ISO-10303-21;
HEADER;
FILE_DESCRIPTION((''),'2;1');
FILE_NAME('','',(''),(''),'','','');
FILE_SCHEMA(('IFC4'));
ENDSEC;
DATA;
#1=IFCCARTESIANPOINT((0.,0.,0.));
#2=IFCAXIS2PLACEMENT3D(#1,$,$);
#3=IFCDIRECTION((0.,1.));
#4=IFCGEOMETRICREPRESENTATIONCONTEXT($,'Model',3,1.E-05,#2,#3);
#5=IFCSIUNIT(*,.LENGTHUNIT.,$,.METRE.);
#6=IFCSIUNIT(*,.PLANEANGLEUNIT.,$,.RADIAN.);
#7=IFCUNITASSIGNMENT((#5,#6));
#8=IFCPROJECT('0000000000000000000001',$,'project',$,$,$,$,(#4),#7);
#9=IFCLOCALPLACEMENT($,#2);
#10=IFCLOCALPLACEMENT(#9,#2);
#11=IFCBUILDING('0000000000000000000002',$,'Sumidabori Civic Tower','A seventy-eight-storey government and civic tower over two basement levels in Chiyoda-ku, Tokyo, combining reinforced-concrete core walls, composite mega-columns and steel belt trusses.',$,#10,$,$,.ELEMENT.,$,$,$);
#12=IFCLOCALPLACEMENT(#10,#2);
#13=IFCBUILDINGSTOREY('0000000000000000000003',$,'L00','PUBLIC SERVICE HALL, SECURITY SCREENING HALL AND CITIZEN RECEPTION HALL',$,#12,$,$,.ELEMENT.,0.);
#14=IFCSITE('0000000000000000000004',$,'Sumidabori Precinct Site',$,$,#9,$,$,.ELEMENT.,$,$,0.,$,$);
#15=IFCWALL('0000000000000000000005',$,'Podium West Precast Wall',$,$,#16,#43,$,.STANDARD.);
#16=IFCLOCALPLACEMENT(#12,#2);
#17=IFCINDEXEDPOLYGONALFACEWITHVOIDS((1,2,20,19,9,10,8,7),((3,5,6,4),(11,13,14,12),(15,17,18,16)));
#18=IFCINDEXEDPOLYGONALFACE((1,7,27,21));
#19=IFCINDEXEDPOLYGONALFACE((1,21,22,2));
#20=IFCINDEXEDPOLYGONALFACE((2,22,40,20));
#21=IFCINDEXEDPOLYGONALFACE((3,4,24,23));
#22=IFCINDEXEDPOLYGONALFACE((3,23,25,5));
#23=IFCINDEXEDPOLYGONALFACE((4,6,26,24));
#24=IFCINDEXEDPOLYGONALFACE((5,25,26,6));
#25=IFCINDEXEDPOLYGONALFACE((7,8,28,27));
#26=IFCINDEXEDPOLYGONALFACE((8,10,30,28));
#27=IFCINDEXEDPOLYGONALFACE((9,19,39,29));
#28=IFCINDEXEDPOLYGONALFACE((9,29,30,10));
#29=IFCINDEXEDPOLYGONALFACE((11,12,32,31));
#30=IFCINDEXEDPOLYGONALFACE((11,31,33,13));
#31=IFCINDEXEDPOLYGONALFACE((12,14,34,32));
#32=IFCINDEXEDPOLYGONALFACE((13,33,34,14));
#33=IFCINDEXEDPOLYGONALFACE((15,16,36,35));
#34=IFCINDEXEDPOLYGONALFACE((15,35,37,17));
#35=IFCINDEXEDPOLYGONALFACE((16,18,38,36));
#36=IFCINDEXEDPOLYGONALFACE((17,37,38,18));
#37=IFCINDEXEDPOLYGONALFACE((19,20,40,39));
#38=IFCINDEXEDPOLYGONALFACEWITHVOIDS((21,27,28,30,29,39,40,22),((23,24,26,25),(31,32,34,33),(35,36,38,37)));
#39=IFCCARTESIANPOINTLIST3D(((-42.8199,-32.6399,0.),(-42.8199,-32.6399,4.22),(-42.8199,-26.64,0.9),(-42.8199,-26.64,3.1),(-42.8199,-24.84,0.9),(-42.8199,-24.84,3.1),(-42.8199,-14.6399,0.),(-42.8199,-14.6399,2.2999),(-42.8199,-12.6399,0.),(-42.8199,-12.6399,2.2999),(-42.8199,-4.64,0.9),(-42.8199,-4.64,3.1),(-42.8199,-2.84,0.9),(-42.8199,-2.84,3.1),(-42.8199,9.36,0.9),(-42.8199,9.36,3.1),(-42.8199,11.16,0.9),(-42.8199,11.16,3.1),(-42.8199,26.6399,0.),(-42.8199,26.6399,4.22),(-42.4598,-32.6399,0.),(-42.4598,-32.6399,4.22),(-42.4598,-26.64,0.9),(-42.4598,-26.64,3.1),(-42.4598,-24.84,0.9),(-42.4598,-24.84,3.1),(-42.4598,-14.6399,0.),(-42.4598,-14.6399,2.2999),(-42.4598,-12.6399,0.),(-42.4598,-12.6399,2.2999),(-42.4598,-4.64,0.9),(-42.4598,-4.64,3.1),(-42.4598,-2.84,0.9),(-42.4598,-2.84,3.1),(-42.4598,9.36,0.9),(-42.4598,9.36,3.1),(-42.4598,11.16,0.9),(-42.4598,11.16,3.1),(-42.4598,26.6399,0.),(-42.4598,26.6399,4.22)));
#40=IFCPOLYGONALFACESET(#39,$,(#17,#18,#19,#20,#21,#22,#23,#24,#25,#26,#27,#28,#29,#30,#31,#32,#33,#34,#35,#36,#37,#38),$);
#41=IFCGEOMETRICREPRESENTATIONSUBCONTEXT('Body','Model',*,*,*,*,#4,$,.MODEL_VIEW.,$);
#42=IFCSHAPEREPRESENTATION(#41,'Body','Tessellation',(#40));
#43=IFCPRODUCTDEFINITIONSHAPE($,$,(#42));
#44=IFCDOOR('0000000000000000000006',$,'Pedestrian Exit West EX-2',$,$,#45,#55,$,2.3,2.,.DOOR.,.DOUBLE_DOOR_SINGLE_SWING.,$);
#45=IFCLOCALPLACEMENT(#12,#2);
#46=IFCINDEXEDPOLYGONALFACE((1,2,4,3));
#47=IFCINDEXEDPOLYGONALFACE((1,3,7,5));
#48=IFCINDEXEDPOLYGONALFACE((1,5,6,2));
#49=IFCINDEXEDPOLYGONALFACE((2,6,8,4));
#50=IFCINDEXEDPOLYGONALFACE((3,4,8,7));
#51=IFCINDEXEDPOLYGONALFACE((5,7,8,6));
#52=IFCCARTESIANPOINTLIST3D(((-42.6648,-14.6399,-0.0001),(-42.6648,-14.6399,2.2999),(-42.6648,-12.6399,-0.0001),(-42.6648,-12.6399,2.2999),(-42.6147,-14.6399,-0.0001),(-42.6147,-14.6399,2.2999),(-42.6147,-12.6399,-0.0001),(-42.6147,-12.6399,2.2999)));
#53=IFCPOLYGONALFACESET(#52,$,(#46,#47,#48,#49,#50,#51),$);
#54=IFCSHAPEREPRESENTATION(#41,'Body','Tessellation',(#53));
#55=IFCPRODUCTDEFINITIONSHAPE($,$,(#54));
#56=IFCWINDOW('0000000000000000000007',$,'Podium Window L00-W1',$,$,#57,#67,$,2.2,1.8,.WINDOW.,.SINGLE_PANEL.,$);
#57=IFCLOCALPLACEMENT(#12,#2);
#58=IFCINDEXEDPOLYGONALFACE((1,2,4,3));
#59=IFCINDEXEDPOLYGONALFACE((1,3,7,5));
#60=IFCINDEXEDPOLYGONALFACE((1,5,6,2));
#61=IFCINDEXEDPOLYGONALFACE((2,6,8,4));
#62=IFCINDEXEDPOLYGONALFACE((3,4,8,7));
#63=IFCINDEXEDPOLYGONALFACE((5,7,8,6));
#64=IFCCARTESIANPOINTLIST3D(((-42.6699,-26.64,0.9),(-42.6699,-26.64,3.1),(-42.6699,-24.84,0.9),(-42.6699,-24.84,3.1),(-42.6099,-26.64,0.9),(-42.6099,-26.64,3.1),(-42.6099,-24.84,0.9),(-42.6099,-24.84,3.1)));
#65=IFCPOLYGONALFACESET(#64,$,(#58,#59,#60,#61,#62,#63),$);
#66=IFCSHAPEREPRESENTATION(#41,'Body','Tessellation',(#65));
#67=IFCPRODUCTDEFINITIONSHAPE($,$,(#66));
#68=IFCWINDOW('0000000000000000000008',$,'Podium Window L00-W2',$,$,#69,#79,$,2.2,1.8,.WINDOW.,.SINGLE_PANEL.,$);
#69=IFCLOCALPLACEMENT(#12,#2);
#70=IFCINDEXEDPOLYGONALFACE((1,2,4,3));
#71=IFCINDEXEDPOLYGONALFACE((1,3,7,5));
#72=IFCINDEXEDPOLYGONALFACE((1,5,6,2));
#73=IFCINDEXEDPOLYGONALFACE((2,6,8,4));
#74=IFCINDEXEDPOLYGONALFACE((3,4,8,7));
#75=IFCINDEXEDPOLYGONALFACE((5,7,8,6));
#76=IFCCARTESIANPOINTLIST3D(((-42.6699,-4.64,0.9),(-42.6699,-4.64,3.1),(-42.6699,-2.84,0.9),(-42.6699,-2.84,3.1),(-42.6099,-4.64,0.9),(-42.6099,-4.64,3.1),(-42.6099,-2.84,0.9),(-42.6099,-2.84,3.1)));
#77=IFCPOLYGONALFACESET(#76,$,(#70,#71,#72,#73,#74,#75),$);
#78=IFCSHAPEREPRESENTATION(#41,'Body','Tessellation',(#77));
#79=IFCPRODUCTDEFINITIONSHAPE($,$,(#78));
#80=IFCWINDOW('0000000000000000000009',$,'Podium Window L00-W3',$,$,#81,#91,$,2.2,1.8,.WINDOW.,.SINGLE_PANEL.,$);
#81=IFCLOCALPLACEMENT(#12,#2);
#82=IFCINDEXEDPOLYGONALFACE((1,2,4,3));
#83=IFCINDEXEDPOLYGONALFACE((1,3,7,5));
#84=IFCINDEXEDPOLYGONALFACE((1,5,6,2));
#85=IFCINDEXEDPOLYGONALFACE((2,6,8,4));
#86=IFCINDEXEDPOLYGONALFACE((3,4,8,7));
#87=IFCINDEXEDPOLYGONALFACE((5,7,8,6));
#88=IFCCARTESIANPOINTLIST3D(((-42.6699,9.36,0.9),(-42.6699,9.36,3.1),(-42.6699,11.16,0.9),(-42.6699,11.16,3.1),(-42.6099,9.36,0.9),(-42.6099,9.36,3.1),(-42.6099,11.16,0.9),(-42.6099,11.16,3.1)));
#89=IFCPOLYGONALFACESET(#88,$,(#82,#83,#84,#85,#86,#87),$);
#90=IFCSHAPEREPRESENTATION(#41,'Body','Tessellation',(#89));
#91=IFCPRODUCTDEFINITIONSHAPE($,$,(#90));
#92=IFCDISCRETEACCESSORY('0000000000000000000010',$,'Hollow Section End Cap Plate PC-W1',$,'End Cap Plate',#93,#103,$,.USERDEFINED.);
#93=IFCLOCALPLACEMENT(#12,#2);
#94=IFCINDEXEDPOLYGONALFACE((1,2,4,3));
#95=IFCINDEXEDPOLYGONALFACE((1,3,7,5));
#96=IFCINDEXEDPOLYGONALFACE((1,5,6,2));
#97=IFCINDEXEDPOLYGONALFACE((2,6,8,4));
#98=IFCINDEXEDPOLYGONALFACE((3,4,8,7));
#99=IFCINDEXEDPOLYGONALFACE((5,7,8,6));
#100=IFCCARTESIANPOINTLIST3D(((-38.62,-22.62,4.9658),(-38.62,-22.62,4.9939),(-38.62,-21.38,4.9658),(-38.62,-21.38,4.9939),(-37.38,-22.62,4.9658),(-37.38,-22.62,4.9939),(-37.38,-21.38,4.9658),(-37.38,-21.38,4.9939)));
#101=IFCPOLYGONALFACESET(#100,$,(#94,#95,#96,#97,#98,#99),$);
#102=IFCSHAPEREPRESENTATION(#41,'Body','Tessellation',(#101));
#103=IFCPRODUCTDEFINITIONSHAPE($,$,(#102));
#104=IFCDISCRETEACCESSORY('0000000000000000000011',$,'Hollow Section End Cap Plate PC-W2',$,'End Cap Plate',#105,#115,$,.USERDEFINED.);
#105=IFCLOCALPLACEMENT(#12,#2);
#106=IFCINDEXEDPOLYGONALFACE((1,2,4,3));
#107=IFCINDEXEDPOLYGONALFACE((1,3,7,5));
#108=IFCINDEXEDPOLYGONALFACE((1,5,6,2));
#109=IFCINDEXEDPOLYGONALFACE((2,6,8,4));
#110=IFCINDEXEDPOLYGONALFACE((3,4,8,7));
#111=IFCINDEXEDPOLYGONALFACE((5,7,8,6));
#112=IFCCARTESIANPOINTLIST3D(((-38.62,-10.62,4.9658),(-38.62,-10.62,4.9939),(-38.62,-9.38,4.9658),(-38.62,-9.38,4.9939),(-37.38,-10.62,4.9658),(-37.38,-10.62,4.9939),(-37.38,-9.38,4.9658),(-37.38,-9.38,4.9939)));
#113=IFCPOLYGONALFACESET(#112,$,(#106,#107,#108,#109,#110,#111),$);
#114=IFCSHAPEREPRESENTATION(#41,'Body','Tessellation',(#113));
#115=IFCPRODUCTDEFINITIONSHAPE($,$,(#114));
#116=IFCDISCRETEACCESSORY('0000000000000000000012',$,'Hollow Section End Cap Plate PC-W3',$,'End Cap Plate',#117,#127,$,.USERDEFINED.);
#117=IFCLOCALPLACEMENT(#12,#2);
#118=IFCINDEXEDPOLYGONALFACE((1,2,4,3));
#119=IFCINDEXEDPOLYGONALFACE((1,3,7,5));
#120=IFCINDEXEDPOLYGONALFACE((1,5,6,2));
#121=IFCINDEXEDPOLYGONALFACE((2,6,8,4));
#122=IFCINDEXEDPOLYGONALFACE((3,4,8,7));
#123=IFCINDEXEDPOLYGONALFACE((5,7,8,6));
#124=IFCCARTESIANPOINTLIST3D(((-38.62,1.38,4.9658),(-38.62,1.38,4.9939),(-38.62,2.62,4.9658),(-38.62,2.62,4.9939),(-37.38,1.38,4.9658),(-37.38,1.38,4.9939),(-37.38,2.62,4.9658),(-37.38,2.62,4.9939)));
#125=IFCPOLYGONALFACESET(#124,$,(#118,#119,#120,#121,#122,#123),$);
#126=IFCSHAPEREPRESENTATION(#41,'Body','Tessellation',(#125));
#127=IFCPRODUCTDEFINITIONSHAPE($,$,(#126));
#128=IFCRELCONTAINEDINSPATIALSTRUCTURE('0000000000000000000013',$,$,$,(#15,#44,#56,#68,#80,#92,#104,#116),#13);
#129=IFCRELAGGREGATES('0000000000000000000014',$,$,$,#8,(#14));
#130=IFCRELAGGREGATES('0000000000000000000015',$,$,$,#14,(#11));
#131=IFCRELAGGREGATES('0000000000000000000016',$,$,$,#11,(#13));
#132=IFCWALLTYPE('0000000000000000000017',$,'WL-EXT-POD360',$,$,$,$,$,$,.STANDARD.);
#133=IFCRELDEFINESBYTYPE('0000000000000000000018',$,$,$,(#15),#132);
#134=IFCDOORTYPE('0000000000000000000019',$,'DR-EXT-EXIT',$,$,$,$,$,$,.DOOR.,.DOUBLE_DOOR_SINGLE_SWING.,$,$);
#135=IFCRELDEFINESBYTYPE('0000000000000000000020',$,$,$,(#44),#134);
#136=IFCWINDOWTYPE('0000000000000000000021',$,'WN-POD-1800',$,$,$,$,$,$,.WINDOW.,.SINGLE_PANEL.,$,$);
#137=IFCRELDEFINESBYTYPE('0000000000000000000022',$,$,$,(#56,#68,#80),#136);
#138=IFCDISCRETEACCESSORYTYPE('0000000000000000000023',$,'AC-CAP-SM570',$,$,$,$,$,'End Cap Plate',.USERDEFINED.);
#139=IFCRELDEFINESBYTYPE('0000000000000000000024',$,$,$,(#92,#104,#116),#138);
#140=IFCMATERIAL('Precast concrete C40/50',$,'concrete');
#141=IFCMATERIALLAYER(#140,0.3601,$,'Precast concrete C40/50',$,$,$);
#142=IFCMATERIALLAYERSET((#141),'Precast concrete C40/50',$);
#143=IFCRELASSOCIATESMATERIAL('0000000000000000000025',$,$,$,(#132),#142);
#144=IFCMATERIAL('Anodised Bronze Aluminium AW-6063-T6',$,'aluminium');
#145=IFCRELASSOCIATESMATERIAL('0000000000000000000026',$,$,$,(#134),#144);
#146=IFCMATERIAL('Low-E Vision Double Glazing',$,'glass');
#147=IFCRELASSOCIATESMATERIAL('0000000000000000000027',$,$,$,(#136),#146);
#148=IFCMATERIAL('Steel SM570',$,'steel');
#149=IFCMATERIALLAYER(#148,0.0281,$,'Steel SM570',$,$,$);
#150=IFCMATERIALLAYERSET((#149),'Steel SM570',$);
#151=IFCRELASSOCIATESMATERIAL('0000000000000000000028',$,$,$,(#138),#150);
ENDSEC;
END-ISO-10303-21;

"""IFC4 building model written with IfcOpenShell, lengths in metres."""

from ifc_helpers import new_model, si_unit, direction, frame, frame_2d, origin, origin_2d, place, context, subcontext, project, spatial, rectangle, extrude, source, transform, mapped, material, layer, layer_set, type_object, element, fill, save


model = new_model("IFC4")

# Units and contexts
model_context = context("Model", 3, precision=1e-05, world=origin(), true_north=direction((0.0, 1.0)))
body_context = subcontext(model_context, "Body", "Model", "MODEL_VIEW")
ifc_project = project(units=[si_unit("LENGTHUNIT", "METRE"), si_unit("PLANEANGLEUNIT", "RADIAN")], contexts=[model_context])

# Site, building, storey
site_placement = place(None, origin())
site = spatial("IfcSite", under=ifc_project, at=site_placement, Name="Sumidabori Precinct Site", CompositionType="ELEMENT", RefElevation=0.0)
building_placement = place(site_placement, origin())
building = spatial("IfcBuilding", under=site, at=building_placement, Name="Sumidabori Civic Tower", Description="A seventy-eight-storey government and civic tower over two basement levels in Chiyoda-ku, Tokyo, combining reinforced-concrete core walls, composite mega-columns and steel belt trusses.", CompositionType="ELEMENT")
storey_placement = place(building_placement, origin())
storey = spatial("IfcBuildingStorey", under=building, at=storey_placement, Name="L00", Description="PUBLIC SERVICE HALL, SECURITY SCREENING HALL AND CITIZEN RECEPTION HALL", CompositionType="ELEMENT", Elevation=0.0)

# Shared definitions
ifc_material_1 = material(Name="Steel SM570", Category="steel")

# Wall, openings, door, windows
ifc_material_2 = material(Name="Precast concrete C40/50", Category="concrete")
ifc_layer_1 = layer(ifc_material_2, 0.3601, Name="Precast concrete C40/50")
ifc_layer_set_1 = layer_set([ifc_layer_1], Name="Precast concrete C40/50")
wall_type = type_object("IfcWallType", Name="WL-EXT-POD360", PredefinedType="STANDARD", material=ifc_layer_set_1)
shared_shape_1 = source(origin(), body_context, "Body", "SweptSolid", [
    extrude(rectangle(XDim=59.2798, YDim=0.3601, at=frame_2d((29.6399, 0.0))), origin(), (0.0, 0.0, 1.0), 4.22),
])
wall_placement = place(storey_placement, frame((-42.6399, -32.6399, 0.0), z_axis=(0.0, 0.0, 1.0), x_axis=(0.0, 1.0, 0.0)))
wall = element("IfcWall", 1, at=wall_placement, inside=storey, type_object=wall_type, Name="Podium West Precast Wall", PredefinedType="STANDARD", context=body_context, shape_type="MappedRepresentation", body=[
    mapped(shared_shape_1, transform((0.0, 0.0, 0.0), x_axis=(1.0, 0.0, 0.0), y_axis=(0.0, 1.0, 0.0), z_axis=(0.0, 0.0, 1.0), scale=1.0)),
])
opening_1_placement = place(wall_placement, frame((18.0, 0.0, 0.0)))
opening_1 = element("IfcOpeningElement", 2, at=opening_1_placement, cuts=wall, PredefinedType="OPENING", context=body_context, shape_type="SweptSolid", body=[
    extrude(rectangle(XDim=2.0, YDim=2.3, at=frame_2d((1.0, 1.1499))), frame((0.0, 0.1919, 0.0), z_axis=(0.0, -1.0, 0.0), x_axis=(1.0, 0.0, 0.0)), (0.0, 0.0, 1.0), 0.384),
])
opening_2_placement = place(wall_placement, frame((6.0, 0.0, 0.8999)))
opening_2 = element("IfcOpeningElement", 3, at=opening_2_placement, cuts=wall, PredefinedType="OPENING", context=body_context, shape_type="SweptSolid", body=[
    extrude(rectangle(XDim=1.8, YDim=2.2, at=frame_2d((0.8999, 1.1001))), frame((0.0, 0.1919, 0.0), z_axis=(0.0, -1.0, 0.0), x_axis=(1.0, 0.0, 0.0)), (0.0, 0.0, 1.0), 0.384),
])
opening_3_placement = place(wall_placement, frame((28.0, 0.0, 0.8999)))
opening_3 = element("IfcOpeningElement", 4, at=opening_3_placement, cuts=wall, PredefinedType="OPENING", context=body_context, shape_type="SweptSolid", body=[
    extrude(rectangle(XDim=1.8, YDim=2.2, at=frame_2d((0.8999, 1.1001))), frame((0.0, 0.1919, 0.0), z_axis=(0.0, -1.0, 0.0), x_axis=(1.0, 0.0, 0.0)), (0.0, 0.0, 1.0), 0.384),
])
opening_4_placement = place(wall_placement, frame((42.0, 0.0, 0.8999)))
opening_4 = element("IfcOpeningElement", 5, at=opening_4_placement, cuts=wall, PredefinedType="OPENING", context=body_context, shape_type="SweptSolid", body=[
    extrude(rectangle(XDim=1.8, YDim=2.2, at=frame_2d((0.8999, 1.1001))), frame((0.0, 0.1919, 0.0), z_axis=(0.0, -1.0, 0.0), x_axis=(1.0, 0.0, 0.0)), (0.0, 0.0, 1.0), 0.384),
])
ifc_material_3 = material(Name="Anodised Bronze Aluminium AW-6063-T6", Category="aluminium")
door_type = type_object("IfcDoorType", Name="DR-EXT-EXIT", OperationType="DOUBLE_DOOR_SINGLE_SWING", PredefinedType="DOOR", material=ifc_material_3)
shared_shape_2 = source(origin(), body_context, "Body", "SweptSolid", [
    extrude(rectangle(XDim=2.0, YDim=2.3, at=frame_2d((1.0, 1.1499))), frame((0.0, 0.0249, 0.0), z_axis=(0.0, -1.0, 0.0), x_axis=(1.0, 0.0, 0.0)), (0.0, 0.0, 1.0), 0.05),
])
door_placement = place(opening_1_placement, origin())
door = element("IfcDoor", 6, at=door_placement, inside=storey, type_object=door_type, Name="Pedestrian Exit West EX-2", OperationType="DOUBLE_DOOR_SINGLE_SWING", OverallHeight=2.3, OverallWidth=2.0, PredefinedType="DOOR", context=body_context, shape_type="MappedRepresentation", body=[
    mapped(shared_shape_2, transform((0.0, 0.0, 0.0), x_axis=(1.0, 0.0, 0.0), y_axis=(0.0, 1.0, 0.0), z_axis=(0.0, 0.0, 1.0), scale=1.0)),
])
fill(opening_1, door)
ifc_material_4 = material(Name="Low-E Vision Double Glazing", Category="glass")
window_type = type_object("IfcWindowType", Name="WN-POD-1800", PartitioningType="SINGLE_PANEL", PredefinedType="WINDOW", material=ifc_material_4)
shared_shape_3 = source(origin(), body_context, "Body", "SweptSolid", [
    extrude(rectangle(XDim=1.8, YDim=2.2, at=frame_2d((0.8999, 1.1001))), frame((0.0, 0.03, 0.0), z_axis=(0.0, -1.0, 0.0), x_axis=(1.0, 0.0, 0.0)), (0.0, 0.0, 1.0), 0.0601),
])
window_1_placement = place(opening_2_placement, origin())
window_1 = element("IfcWindow", 7, at=window_1_placement, inside=storey, type_object=window_type, Name="Podium Window L00-W1", OverallHeight=2.2, OverallWidth=1.8, PartitioningType="SINGLE_PANEL", PredefinedType="WINDOW", context=body_context, shape_type="MappedRepresentation", body=[
    mapped(shared_shape_3, transform((0.0, 0.0, 0.0), x_axis=(1.0, 0.0, 0.0), y_axis=(0.0, 1.0, 0.0), z_axis=(0.0, 0.0, 1.0), scale=1.0)),
])
fill(opening_2, window_1)
window_2_placement = place(opening_3_placement, origin())
window_2 = element("IfcWindow", 8, at=window_2_placement, inside=storey, type_object=window_type, Name="Podium Window L00-W2", OverallHeight=2.2, OverallWidth=1.8, PartitioningType="SINGLE_PANEL", PredefinedType="WINDOW", context=body_context, shape_type="MappedRepresentation", body=[
    mapped(shared_shape_3, transform((0.0, 0.0, 0.0), x_axis=(1.0, 0.0, 0.0), y_axis=(0.0, 1.0, 0.0), z_axis=(0.0, 0.0, 1.0), scale=1.0)),
])
fill(opening_3, window_2)
window_3_placement = place(opening_4_placement, origin())
window_3 = element("IfcWindow", 9, at=window_3_placement, inside=storey, type_object=window_type, Name="Podium Window L00-W3", OverallHeight=2.2, OverallWidth=1.8, PartitioningType="SINGLE_PANEL", PredefinedType="WINDOW", context=body_context, shape_type="MappedRepresentation", body=[
    mapped(shared_shape_3, transform((0.0, 0.0, 0.0), x_axis=(1.0, 0.0, 0.0), y_axis=(0.0, 1.0, 0.0), z_axis=(0.0, 0.0, 1.0), scale=1.0)),
])
fill(opening_4, window_3)

# Discrete accessories
ifc_layer_2 = layer(ifc_material_1, 0.0281, Name="Steel SM570")
ifc_layer_set_2 = layer_set([ifc_layer_2], Name="Steel SM570")
discrete_accessory_type = type_object("IfcDiscreteAccessoryType", Name="AC-CAP-SM570", ElementType="End Cap Plate", PredefinedType="USERDEFINED", material=ifc_layer_set_2)
shared_shape_4 = source(origin(), body_context, "Body", "SweptSolid", [
    extrude(rectangle(XDim=1.24, YDim=1.24, at=origin_2d()), origin(), (0.0, 0.0, 1.0), 0.0281),
])
for number, where, z_axis, x_axis, name in (
    (10, (-38.0, -22.0, 4.9658), (0.0, 0.0, 1.0), (1.0, 0.0, 0.0), "Hollow Section End Cap Plate PC-W1"),
    (11, (-38.0, -10.0, 4.9658), (0.0, 0.0, 1.0), (1.0, 0.0, 0.0), "Hollow Section End Cap Plate PC-W2"),
    (12, (-38.0, 2.0, 4.9658), (0.0, 0.0, 1.0), (1.0, 0.0, 0.0), "Hollow Section End Cap Plate PC-W3"),
):
    element("IfcDiscreteAccessory", number, at=place(storey_placement, frame(where, z_axis=z_axis, x_axis=x_axis)), inside=storey, type_object=discrete_accessory_type, Name=name, ObjectType="End Cap Plate", PredefinedType="USERDEFINED", context=body_context, shape_type="MappedRepresentation", body=[
        mapped(shared_shape_4, transform((0.0, 0.0, 0.0), x_axis=(1.0, 0.0, 0.0), y_axis=(0.0, 1.0, 0.0), z_axis=(0.0, 0.0, 1.0), scale=1.0)),
    ])

save(model, "model.ifc")
